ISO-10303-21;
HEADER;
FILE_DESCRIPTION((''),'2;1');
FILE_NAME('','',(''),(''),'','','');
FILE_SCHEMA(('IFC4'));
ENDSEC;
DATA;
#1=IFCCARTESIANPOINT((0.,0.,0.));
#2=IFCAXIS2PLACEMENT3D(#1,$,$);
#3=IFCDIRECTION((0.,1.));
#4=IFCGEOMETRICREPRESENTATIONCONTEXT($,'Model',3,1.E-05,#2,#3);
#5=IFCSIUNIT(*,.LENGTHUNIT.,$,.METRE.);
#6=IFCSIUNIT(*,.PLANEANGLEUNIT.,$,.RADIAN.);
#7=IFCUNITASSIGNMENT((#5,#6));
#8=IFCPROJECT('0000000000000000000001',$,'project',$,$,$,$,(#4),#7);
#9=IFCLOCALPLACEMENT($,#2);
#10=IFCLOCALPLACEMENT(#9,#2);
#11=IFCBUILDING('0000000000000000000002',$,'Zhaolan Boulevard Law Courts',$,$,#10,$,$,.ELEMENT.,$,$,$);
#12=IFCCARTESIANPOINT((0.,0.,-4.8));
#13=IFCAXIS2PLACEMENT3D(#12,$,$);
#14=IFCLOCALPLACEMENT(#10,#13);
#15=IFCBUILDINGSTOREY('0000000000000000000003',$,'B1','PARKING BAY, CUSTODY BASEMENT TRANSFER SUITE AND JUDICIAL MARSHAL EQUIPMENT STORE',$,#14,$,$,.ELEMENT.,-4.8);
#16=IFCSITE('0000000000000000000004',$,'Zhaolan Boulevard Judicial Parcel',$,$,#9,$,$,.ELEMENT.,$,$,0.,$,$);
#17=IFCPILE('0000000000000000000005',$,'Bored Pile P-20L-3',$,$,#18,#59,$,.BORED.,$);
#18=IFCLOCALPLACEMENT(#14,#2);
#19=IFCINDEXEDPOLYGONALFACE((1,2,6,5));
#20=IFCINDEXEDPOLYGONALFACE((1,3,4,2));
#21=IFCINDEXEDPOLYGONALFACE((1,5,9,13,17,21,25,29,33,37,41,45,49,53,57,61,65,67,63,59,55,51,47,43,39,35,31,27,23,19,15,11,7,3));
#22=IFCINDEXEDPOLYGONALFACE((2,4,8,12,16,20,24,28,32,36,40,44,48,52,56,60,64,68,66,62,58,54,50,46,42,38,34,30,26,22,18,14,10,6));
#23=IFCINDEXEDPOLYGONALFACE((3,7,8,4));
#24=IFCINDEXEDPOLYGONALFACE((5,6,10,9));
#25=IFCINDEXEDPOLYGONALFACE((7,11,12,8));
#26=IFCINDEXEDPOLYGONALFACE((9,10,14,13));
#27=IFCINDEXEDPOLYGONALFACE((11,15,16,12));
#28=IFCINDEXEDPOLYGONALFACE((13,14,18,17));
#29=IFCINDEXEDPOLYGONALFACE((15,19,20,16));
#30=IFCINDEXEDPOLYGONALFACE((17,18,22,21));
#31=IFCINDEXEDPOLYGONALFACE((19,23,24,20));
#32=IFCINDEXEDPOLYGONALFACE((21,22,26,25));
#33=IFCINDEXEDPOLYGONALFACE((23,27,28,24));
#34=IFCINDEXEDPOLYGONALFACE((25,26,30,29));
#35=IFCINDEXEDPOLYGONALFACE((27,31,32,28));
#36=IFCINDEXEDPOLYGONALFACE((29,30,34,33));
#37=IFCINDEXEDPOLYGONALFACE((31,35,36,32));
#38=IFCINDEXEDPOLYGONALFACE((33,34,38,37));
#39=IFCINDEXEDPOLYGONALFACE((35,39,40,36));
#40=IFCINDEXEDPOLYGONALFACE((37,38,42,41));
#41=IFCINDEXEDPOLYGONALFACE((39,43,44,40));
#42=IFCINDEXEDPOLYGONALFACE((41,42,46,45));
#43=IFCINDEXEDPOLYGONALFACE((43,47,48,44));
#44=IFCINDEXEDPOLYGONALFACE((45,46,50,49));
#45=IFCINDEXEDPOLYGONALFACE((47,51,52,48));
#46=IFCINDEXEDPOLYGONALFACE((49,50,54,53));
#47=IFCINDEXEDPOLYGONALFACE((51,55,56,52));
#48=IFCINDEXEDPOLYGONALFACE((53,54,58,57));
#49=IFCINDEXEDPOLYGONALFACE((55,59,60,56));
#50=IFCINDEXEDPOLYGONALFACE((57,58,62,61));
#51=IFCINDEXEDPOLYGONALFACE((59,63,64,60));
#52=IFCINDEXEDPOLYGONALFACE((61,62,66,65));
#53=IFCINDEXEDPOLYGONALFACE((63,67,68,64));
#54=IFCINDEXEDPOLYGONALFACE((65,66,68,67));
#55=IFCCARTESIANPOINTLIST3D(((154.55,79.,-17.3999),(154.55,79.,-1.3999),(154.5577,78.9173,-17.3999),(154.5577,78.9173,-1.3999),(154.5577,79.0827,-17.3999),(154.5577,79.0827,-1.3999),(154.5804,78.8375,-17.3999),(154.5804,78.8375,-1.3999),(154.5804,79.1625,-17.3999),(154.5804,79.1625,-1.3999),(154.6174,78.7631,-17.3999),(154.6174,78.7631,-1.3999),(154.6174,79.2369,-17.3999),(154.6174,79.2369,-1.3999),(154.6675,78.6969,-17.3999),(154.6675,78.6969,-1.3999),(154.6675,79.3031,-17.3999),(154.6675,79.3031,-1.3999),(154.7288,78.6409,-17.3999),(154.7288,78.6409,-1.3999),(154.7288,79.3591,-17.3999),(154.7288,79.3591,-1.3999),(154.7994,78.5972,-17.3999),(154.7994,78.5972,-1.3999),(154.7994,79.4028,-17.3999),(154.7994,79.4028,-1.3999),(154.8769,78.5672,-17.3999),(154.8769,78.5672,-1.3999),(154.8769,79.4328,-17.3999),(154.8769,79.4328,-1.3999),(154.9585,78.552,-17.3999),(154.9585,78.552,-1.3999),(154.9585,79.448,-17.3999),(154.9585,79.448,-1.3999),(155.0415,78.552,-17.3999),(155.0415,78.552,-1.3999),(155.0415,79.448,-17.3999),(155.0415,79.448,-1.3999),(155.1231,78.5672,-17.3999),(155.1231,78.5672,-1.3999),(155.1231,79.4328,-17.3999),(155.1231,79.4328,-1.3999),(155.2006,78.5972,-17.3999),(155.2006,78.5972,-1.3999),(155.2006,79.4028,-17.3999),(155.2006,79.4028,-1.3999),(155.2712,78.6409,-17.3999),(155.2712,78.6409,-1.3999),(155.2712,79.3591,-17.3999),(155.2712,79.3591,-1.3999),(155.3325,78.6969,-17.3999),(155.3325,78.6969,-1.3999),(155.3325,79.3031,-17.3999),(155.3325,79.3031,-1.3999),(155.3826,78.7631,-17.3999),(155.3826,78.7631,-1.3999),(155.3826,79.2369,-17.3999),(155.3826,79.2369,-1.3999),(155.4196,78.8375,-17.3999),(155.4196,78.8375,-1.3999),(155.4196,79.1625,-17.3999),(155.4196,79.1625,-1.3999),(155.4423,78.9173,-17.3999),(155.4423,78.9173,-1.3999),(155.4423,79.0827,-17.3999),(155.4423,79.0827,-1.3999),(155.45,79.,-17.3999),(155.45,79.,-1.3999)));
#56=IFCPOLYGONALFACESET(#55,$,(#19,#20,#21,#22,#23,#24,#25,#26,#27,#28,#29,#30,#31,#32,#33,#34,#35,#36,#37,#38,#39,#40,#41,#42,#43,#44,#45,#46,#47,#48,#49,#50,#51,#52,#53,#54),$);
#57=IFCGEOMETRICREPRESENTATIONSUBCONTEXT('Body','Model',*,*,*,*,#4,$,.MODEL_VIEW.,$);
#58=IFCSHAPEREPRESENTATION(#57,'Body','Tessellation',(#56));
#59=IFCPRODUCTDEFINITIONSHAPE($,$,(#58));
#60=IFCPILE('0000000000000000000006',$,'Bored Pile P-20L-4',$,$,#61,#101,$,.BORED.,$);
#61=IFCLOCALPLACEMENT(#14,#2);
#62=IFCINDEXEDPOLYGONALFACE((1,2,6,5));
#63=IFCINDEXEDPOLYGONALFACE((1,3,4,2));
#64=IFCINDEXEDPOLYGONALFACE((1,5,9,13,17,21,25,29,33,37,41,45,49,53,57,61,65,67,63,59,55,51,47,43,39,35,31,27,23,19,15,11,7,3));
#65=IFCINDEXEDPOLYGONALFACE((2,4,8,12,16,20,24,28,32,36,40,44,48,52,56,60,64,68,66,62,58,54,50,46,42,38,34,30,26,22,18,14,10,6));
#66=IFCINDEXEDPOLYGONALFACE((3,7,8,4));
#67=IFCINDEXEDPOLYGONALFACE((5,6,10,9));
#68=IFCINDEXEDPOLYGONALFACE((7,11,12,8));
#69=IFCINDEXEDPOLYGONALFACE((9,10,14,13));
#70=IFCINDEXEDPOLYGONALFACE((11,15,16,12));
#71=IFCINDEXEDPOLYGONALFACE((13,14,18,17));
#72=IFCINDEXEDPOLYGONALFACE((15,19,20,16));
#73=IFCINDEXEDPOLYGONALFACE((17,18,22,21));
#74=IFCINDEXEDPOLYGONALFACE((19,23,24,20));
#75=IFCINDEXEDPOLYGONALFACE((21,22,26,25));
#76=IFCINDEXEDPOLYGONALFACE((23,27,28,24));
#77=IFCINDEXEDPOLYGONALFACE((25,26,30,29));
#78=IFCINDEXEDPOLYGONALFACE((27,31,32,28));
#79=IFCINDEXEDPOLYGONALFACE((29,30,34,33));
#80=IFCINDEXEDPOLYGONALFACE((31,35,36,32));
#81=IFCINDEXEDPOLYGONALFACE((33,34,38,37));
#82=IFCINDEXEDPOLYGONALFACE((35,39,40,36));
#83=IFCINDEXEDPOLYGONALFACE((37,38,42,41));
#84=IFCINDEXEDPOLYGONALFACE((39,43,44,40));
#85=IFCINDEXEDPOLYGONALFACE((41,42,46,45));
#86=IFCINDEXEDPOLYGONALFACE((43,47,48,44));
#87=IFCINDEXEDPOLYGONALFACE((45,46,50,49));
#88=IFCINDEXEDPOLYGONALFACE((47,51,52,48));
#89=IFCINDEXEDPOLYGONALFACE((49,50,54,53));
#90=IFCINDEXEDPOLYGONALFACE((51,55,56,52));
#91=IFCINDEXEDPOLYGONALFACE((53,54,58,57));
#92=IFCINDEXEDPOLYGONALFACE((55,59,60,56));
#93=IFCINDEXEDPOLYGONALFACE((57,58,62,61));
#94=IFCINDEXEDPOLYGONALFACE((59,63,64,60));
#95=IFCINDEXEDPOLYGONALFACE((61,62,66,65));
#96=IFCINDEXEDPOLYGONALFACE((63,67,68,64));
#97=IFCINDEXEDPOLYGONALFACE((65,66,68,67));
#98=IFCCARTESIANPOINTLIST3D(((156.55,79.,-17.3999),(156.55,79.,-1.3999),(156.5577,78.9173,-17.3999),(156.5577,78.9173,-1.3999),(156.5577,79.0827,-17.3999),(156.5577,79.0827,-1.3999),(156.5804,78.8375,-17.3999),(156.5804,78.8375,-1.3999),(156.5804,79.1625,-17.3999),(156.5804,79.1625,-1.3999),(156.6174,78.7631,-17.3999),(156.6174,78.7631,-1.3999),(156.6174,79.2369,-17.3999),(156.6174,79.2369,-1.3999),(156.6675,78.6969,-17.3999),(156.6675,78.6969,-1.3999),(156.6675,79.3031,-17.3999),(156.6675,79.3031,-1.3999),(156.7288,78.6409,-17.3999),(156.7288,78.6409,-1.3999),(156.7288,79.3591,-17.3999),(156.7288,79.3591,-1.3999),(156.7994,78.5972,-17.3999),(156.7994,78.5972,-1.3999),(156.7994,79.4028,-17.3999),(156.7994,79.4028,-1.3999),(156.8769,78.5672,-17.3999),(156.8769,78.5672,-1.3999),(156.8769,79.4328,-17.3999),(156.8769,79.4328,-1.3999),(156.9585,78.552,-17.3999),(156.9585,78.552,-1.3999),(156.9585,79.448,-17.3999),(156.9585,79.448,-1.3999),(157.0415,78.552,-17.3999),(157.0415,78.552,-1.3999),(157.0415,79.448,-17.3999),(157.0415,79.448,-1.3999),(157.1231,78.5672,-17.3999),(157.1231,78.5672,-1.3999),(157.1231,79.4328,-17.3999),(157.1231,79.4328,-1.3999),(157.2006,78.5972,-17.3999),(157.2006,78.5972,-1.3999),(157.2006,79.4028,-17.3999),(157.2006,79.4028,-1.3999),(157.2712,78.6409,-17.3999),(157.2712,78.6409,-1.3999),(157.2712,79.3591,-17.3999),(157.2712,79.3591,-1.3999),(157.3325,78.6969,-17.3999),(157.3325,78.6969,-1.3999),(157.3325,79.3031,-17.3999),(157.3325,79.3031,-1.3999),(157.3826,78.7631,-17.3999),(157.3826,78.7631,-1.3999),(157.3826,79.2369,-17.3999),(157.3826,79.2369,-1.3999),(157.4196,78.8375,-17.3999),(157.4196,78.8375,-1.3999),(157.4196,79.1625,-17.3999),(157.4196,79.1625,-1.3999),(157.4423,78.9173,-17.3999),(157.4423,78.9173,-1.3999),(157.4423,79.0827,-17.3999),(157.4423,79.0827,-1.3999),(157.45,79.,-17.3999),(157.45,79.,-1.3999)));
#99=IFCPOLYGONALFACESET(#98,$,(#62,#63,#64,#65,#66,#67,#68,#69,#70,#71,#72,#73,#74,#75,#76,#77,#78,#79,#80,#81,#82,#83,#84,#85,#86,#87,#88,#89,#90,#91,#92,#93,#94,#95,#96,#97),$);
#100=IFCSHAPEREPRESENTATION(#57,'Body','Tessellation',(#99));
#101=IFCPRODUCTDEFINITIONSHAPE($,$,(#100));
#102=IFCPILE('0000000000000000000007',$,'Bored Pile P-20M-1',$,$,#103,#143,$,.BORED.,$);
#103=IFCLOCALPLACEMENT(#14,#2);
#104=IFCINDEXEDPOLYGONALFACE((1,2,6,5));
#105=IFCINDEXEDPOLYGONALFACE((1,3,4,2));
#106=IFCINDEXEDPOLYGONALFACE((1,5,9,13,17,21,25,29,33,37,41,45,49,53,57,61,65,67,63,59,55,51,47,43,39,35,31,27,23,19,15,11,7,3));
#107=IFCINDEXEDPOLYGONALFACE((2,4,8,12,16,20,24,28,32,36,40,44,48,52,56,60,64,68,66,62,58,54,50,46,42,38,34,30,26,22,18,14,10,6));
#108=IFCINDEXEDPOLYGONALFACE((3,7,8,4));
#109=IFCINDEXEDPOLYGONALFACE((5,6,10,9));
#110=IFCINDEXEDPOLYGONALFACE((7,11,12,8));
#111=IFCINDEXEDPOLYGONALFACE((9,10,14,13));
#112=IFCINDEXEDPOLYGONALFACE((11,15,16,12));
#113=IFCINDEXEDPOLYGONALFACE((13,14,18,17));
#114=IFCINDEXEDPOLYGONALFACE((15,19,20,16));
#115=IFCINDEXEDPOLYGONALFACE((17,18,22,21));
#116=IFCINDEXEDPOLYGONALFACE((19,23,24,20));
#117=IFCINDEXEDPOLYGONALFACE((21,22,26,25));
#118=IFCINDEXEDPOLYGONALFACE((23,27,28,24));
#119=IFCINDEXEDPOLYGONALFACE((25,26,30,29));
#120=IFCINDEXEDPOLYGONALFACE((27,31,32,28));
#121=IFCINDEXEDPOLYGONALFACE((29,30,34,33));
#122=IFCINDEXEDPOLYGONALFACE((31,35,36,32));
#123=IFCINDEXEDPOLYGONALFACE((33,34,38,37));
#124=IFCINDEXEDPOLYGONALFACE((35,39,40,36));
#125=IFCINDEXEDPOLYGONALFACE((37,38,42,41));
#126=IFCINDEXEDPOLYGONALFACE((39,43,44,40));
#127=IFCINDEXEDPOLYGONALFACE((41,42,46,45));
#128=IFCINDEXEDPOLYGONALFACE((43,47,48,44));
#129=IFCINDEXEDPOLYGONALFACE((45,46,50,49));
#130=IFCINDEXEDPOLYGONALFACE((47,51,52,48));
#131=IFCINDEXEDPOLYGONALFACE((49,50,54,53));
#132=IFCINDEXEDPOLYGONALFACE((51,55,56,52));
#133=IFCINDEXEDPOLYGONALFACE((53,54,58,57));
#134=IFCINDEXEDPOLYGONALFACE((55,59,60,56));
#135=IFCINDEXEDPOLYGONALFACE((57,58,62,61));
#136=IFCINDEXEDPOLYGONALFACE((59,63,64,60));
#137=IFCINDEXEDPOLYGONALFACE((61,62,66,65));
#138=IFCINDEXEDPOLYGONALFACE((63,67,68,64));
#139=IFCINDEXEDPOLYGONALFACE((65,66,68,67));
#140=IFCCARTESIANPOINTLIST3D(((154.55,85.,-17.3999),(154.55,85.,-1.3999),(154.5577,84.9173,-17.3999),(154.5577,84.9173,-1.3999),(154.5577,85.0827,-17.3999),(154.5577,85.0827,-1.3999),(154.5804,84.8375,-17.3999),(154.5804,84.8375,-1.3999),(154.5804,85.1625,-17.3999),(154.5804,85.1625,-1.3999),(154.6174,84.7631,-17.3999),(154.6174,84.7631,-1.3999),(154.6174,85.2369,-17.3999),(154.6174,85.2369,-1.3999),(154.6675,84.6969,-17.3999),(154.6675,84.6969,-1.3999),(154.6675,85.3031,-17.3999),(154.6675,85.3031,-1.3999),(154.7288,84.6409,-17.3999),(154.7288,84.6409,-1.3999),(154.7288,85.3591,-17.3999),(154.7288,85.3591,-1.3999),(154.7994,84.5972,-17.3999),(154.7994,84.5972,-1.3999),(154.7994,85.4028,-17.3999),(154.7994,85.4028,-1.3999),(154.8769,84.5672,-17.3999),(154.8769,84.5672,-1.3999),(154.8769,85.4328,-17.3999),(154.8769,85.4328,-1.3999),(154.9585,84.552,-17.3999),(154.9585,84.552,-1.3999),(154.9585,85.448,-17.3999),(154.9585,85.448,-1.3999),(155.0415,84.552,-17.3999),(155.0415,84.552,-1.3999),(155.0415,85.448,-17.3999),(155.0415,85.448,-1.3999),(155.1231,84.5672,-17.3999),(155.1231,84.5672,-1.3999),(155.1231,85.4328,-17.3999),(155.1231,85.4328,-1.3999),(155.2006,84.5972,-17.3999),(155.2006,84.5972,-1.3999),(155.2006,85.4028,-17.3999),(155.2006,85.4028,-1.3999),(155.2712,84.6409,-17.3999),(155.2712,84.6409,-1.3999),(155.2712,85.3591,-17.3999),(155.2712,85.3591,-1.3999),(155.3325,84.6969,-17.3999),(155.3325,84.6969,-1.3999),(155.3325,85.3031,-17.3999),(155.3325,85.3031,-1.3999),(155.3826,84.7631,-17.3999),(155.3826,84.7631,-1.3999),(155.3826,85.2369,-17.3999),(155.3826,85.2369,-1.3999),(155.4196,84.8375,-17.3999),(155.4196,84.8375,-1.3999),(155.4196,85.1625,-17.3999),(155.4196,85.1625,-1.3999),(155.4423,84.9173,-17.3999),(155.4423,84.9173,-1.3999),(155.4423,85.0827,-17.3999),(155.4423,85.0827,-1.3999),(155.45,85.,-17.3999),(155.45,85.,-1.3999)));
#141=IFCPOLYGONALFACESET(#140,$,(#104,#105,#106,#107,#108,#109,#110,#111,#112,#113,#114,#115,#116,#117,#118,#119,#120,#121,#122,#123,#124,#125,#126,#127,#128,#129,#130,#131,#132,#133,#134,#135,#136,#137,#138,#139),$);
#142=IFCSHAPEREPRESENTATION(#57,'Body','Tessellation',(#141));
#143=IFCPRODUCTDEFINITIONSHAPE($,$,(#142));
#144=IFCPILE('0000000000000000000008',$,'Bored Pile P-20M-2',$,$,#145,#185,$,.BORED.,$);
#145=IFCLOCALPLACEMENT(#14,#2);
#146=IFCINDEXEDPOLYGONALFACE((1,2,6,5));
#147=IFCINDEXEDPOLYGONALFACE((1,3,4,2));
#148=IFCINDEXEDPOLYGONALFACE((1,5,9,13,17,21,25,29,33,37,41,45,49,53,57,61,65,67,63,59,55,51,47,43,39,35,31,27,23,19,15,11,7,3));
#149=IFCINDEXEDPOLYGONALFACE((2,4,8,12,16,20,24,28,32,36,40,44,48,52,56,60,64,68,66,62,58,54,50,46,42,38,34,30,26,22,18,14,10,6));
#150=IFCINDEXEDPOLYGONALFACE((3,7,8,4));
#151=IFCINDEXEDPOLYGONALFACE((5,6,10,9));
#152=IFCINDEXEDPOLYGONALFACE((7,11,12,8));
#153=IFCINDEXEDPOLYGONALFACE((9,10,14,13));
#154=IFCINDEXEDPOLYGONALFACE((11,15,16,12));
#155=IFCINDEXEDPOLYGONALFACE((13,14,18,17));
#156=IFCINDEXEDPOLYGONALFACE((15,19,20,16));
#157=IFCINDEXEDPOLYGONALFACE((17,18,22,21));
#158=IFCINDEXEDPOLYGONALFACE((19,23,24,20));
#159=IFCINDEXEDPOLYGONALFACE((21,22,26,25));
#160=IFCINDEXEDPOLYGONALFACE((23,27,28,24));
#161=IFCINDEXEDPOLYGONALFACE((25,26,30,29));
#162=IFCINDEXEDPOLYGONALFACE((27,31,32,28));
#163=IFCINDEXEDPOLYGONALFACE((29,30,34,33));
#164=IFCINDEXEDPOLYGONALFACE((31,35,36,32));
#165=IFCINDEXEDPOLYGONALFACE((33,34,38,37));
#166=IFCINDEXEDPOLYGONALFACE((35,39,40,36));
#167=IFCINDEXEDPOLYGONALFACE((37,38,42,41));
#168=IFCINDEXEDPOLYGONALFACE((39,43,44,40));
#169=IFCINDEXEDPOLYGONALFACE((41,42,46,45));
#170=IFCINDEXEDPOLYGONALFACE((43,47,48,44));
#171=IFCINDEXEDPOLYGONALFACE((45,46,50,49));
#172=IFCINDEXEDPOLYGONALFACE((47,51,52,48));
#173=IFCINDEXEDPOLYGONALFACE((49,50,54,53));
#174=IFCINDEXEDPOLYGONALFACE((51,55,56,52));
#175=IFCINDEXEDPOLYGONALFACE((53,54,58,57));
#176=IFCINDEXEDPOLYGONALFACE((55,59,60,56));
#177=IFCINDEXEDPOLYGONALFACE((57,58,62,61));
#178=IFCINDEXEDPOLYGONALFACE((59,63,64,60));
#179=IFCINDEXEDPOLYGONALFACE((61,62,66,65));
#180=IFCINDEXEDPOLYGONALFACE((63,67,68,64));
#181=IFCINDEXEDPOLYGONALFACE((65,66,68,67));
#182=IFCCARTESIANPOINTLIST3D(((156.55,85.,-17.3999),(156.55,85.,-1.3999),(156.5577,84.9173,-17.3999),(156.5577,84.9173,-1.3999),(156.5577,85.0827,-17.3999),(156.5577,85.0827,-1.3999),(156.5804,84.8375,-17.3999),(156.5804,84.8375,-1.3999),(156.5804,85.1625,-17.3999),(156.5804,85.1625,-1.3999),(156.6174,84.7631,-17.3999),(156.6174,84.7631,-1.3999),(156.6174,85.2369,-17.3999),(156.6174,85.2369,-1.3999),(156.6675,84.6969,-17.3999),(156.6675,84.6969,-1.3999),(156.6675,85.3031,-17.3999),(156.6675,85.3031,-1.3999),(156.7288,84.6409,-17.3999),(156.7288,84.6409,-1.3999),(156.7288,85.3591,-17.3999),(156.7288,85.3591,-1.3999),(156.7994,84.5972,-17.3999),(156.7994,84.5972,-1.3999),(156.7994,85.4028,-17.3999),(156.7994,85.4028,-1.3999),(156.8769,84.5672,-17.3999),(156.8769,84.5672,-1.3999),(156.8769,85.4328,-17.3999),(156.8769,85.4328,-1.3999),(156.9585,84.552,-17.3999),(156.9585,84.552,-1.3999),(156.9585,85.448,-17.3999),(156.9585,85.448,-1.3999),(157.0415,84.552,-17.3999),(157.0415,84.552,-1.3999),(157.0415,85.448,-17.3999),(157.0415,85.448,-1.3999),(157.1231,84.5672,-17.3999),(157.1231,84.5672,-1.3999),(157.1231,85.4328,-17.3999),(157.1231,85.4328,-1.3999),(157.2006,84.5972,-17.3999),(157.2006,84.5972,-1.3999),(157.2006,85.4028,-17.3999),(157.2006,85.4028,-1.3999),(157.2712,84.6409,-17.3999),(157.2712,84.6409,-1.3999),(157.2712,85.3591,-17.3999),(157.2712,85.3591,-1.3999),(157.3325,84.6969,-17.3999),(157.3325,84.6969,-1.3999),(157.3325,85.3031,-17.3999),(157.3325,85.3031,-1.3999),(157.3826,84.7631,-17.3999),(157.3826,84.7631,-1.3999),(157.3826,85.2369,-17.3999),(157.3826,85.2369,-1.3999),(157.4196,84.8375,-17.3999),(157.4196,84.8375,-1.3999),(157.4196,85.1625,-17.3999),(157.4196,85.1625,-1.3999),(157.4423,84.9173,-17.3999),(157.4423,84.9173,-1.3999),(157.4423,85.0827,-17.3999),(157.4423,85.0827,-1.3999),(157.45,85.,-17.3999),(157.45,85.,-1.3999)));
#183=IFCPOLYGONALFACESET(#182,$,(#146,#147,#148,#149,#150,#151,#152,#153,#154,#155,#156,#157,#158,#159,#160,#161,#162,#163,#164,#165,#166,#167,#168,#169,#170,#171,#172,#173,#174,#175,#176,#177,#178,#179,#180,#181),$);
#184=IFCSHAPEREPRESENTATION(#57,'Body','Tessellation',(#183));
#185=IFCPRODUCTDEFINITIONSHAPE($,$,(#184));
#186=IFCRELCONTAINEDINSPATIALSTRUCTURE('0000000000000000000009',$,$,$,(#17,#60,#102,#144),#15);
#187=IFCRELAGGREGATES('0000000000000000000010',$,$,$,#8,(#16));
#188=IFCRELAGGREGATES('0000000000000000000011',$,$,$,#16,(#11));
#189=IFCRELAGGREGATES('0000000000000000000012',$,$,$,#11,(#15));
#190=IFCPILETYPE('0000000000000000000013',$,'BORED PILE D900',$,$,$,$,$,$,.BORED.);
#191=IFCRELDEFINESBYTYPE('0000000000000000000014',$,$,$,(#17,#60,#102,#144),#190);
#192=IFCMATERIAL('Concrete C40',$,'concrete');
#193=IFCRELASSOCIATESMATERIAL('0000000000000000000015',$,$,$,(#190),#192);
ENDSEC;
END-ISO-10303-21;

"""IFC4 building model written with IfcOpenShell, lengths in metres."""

from ifc_helpers import new_model, si_unit, direction, frame, origin, origin_2d, place, context, subcontext, project, spatial, circle, extrude, material, material_profile, profile_set, type_object, element, save


model = new_model("IFC4")

# Units and contexts
model_context = context("Model", 3, precision=1e-05, world=origin(), true_north=direction((0.0, 1.0)))
body_context = subcontext(model_context, "Body", "Model", "MODEL_VIEW")
ifc_project = project(units=[si_unit("LENGTHUNIT", "METRE"), si_unit("PLANEANGLEUNIT", "RADIAN")], contexts=[model_context])

# Site, building, storey
site_placement = place(None, origin())
site = spatial("IfcSite", under=ifc_project, at=site_placement, Name="Zhaolan Boulevard Judicial Parcel", CompositionType="ELEMENT", RefElevation=0.0)
building_placement = place(site_placement, origin())
building = spatial("IfcBuilding", under=site, at=building_placement, Name="Zhaolan Boulevard Law Courts", CompositionType="ELEMENT")
storey_placement = place(building_placement, frame((0.0, 0.0, -4.8)))
storey = spatial("IfcBuildingStorey", under=building, at=storey_placement, Name="B1", Description="PARKING BAY, CUSTODY BASEMENT TRANSFER SUITE AND JUDICIAL MARSHAL EQUIPMENT STORE", CompositionType="ELEMENT", Elevation=-4.8)

# Piles
ifc_material_1 = material(Name="Concrete C40", Category="concrete")
ifc_material_profile_1 = material_profile(ifc_material_1, circle(Radius=0.45, at=origin_2d()), Name="PILE-D900")
ifc_profile_set_1 = profile_set([ifc_material_profile_1], Name="Concrete C40")
pile_type = type_object("IfcPileType", Name="BORED PILE D900", PredefinedType="BORED", material=ifc_profile_set_1)
for number, where, z_axis, x_axis, name in (
    (1, (155.0, 79.0, -1.3999), (0.0, 0.0, -1.0), (1.0, 0.0, 0.0), "Bored Pile P-20L-3"),
    (2, (157.0, 79.0, -1.3999), (0.0, 0.0, -1.0), (1.0, 0.0, 0.0), "Bored Pile P-20L-4"),
    (3, (155.0, 85.0, -1.3999), (0.0, 0.0, -1.0), (1.0, 0.0, 0.0), "Bored Pile P-20M-1"),
    (4, (157.0, 85.0, -1.3999), (0.0, 0.0, -1.0), (1.0, 0.0, 0.0), "Bored Pile P-20M-2"),
):
    element("IfcPile", number, at=place(storey_placement, frame(where, z_axis=z_axis, x_axis=x_axis)), inside=storey, type_object=pile_type, Name=name, PredefinedType="BORED", context=body_context, shape_type="SweptSolid", body=[
        extrude(circle(Radius=0.45, at=origin_2d()), origin(), (0.0, 0.0, 1.0), 16.0),
    ])

save(model, "model.ifc")
